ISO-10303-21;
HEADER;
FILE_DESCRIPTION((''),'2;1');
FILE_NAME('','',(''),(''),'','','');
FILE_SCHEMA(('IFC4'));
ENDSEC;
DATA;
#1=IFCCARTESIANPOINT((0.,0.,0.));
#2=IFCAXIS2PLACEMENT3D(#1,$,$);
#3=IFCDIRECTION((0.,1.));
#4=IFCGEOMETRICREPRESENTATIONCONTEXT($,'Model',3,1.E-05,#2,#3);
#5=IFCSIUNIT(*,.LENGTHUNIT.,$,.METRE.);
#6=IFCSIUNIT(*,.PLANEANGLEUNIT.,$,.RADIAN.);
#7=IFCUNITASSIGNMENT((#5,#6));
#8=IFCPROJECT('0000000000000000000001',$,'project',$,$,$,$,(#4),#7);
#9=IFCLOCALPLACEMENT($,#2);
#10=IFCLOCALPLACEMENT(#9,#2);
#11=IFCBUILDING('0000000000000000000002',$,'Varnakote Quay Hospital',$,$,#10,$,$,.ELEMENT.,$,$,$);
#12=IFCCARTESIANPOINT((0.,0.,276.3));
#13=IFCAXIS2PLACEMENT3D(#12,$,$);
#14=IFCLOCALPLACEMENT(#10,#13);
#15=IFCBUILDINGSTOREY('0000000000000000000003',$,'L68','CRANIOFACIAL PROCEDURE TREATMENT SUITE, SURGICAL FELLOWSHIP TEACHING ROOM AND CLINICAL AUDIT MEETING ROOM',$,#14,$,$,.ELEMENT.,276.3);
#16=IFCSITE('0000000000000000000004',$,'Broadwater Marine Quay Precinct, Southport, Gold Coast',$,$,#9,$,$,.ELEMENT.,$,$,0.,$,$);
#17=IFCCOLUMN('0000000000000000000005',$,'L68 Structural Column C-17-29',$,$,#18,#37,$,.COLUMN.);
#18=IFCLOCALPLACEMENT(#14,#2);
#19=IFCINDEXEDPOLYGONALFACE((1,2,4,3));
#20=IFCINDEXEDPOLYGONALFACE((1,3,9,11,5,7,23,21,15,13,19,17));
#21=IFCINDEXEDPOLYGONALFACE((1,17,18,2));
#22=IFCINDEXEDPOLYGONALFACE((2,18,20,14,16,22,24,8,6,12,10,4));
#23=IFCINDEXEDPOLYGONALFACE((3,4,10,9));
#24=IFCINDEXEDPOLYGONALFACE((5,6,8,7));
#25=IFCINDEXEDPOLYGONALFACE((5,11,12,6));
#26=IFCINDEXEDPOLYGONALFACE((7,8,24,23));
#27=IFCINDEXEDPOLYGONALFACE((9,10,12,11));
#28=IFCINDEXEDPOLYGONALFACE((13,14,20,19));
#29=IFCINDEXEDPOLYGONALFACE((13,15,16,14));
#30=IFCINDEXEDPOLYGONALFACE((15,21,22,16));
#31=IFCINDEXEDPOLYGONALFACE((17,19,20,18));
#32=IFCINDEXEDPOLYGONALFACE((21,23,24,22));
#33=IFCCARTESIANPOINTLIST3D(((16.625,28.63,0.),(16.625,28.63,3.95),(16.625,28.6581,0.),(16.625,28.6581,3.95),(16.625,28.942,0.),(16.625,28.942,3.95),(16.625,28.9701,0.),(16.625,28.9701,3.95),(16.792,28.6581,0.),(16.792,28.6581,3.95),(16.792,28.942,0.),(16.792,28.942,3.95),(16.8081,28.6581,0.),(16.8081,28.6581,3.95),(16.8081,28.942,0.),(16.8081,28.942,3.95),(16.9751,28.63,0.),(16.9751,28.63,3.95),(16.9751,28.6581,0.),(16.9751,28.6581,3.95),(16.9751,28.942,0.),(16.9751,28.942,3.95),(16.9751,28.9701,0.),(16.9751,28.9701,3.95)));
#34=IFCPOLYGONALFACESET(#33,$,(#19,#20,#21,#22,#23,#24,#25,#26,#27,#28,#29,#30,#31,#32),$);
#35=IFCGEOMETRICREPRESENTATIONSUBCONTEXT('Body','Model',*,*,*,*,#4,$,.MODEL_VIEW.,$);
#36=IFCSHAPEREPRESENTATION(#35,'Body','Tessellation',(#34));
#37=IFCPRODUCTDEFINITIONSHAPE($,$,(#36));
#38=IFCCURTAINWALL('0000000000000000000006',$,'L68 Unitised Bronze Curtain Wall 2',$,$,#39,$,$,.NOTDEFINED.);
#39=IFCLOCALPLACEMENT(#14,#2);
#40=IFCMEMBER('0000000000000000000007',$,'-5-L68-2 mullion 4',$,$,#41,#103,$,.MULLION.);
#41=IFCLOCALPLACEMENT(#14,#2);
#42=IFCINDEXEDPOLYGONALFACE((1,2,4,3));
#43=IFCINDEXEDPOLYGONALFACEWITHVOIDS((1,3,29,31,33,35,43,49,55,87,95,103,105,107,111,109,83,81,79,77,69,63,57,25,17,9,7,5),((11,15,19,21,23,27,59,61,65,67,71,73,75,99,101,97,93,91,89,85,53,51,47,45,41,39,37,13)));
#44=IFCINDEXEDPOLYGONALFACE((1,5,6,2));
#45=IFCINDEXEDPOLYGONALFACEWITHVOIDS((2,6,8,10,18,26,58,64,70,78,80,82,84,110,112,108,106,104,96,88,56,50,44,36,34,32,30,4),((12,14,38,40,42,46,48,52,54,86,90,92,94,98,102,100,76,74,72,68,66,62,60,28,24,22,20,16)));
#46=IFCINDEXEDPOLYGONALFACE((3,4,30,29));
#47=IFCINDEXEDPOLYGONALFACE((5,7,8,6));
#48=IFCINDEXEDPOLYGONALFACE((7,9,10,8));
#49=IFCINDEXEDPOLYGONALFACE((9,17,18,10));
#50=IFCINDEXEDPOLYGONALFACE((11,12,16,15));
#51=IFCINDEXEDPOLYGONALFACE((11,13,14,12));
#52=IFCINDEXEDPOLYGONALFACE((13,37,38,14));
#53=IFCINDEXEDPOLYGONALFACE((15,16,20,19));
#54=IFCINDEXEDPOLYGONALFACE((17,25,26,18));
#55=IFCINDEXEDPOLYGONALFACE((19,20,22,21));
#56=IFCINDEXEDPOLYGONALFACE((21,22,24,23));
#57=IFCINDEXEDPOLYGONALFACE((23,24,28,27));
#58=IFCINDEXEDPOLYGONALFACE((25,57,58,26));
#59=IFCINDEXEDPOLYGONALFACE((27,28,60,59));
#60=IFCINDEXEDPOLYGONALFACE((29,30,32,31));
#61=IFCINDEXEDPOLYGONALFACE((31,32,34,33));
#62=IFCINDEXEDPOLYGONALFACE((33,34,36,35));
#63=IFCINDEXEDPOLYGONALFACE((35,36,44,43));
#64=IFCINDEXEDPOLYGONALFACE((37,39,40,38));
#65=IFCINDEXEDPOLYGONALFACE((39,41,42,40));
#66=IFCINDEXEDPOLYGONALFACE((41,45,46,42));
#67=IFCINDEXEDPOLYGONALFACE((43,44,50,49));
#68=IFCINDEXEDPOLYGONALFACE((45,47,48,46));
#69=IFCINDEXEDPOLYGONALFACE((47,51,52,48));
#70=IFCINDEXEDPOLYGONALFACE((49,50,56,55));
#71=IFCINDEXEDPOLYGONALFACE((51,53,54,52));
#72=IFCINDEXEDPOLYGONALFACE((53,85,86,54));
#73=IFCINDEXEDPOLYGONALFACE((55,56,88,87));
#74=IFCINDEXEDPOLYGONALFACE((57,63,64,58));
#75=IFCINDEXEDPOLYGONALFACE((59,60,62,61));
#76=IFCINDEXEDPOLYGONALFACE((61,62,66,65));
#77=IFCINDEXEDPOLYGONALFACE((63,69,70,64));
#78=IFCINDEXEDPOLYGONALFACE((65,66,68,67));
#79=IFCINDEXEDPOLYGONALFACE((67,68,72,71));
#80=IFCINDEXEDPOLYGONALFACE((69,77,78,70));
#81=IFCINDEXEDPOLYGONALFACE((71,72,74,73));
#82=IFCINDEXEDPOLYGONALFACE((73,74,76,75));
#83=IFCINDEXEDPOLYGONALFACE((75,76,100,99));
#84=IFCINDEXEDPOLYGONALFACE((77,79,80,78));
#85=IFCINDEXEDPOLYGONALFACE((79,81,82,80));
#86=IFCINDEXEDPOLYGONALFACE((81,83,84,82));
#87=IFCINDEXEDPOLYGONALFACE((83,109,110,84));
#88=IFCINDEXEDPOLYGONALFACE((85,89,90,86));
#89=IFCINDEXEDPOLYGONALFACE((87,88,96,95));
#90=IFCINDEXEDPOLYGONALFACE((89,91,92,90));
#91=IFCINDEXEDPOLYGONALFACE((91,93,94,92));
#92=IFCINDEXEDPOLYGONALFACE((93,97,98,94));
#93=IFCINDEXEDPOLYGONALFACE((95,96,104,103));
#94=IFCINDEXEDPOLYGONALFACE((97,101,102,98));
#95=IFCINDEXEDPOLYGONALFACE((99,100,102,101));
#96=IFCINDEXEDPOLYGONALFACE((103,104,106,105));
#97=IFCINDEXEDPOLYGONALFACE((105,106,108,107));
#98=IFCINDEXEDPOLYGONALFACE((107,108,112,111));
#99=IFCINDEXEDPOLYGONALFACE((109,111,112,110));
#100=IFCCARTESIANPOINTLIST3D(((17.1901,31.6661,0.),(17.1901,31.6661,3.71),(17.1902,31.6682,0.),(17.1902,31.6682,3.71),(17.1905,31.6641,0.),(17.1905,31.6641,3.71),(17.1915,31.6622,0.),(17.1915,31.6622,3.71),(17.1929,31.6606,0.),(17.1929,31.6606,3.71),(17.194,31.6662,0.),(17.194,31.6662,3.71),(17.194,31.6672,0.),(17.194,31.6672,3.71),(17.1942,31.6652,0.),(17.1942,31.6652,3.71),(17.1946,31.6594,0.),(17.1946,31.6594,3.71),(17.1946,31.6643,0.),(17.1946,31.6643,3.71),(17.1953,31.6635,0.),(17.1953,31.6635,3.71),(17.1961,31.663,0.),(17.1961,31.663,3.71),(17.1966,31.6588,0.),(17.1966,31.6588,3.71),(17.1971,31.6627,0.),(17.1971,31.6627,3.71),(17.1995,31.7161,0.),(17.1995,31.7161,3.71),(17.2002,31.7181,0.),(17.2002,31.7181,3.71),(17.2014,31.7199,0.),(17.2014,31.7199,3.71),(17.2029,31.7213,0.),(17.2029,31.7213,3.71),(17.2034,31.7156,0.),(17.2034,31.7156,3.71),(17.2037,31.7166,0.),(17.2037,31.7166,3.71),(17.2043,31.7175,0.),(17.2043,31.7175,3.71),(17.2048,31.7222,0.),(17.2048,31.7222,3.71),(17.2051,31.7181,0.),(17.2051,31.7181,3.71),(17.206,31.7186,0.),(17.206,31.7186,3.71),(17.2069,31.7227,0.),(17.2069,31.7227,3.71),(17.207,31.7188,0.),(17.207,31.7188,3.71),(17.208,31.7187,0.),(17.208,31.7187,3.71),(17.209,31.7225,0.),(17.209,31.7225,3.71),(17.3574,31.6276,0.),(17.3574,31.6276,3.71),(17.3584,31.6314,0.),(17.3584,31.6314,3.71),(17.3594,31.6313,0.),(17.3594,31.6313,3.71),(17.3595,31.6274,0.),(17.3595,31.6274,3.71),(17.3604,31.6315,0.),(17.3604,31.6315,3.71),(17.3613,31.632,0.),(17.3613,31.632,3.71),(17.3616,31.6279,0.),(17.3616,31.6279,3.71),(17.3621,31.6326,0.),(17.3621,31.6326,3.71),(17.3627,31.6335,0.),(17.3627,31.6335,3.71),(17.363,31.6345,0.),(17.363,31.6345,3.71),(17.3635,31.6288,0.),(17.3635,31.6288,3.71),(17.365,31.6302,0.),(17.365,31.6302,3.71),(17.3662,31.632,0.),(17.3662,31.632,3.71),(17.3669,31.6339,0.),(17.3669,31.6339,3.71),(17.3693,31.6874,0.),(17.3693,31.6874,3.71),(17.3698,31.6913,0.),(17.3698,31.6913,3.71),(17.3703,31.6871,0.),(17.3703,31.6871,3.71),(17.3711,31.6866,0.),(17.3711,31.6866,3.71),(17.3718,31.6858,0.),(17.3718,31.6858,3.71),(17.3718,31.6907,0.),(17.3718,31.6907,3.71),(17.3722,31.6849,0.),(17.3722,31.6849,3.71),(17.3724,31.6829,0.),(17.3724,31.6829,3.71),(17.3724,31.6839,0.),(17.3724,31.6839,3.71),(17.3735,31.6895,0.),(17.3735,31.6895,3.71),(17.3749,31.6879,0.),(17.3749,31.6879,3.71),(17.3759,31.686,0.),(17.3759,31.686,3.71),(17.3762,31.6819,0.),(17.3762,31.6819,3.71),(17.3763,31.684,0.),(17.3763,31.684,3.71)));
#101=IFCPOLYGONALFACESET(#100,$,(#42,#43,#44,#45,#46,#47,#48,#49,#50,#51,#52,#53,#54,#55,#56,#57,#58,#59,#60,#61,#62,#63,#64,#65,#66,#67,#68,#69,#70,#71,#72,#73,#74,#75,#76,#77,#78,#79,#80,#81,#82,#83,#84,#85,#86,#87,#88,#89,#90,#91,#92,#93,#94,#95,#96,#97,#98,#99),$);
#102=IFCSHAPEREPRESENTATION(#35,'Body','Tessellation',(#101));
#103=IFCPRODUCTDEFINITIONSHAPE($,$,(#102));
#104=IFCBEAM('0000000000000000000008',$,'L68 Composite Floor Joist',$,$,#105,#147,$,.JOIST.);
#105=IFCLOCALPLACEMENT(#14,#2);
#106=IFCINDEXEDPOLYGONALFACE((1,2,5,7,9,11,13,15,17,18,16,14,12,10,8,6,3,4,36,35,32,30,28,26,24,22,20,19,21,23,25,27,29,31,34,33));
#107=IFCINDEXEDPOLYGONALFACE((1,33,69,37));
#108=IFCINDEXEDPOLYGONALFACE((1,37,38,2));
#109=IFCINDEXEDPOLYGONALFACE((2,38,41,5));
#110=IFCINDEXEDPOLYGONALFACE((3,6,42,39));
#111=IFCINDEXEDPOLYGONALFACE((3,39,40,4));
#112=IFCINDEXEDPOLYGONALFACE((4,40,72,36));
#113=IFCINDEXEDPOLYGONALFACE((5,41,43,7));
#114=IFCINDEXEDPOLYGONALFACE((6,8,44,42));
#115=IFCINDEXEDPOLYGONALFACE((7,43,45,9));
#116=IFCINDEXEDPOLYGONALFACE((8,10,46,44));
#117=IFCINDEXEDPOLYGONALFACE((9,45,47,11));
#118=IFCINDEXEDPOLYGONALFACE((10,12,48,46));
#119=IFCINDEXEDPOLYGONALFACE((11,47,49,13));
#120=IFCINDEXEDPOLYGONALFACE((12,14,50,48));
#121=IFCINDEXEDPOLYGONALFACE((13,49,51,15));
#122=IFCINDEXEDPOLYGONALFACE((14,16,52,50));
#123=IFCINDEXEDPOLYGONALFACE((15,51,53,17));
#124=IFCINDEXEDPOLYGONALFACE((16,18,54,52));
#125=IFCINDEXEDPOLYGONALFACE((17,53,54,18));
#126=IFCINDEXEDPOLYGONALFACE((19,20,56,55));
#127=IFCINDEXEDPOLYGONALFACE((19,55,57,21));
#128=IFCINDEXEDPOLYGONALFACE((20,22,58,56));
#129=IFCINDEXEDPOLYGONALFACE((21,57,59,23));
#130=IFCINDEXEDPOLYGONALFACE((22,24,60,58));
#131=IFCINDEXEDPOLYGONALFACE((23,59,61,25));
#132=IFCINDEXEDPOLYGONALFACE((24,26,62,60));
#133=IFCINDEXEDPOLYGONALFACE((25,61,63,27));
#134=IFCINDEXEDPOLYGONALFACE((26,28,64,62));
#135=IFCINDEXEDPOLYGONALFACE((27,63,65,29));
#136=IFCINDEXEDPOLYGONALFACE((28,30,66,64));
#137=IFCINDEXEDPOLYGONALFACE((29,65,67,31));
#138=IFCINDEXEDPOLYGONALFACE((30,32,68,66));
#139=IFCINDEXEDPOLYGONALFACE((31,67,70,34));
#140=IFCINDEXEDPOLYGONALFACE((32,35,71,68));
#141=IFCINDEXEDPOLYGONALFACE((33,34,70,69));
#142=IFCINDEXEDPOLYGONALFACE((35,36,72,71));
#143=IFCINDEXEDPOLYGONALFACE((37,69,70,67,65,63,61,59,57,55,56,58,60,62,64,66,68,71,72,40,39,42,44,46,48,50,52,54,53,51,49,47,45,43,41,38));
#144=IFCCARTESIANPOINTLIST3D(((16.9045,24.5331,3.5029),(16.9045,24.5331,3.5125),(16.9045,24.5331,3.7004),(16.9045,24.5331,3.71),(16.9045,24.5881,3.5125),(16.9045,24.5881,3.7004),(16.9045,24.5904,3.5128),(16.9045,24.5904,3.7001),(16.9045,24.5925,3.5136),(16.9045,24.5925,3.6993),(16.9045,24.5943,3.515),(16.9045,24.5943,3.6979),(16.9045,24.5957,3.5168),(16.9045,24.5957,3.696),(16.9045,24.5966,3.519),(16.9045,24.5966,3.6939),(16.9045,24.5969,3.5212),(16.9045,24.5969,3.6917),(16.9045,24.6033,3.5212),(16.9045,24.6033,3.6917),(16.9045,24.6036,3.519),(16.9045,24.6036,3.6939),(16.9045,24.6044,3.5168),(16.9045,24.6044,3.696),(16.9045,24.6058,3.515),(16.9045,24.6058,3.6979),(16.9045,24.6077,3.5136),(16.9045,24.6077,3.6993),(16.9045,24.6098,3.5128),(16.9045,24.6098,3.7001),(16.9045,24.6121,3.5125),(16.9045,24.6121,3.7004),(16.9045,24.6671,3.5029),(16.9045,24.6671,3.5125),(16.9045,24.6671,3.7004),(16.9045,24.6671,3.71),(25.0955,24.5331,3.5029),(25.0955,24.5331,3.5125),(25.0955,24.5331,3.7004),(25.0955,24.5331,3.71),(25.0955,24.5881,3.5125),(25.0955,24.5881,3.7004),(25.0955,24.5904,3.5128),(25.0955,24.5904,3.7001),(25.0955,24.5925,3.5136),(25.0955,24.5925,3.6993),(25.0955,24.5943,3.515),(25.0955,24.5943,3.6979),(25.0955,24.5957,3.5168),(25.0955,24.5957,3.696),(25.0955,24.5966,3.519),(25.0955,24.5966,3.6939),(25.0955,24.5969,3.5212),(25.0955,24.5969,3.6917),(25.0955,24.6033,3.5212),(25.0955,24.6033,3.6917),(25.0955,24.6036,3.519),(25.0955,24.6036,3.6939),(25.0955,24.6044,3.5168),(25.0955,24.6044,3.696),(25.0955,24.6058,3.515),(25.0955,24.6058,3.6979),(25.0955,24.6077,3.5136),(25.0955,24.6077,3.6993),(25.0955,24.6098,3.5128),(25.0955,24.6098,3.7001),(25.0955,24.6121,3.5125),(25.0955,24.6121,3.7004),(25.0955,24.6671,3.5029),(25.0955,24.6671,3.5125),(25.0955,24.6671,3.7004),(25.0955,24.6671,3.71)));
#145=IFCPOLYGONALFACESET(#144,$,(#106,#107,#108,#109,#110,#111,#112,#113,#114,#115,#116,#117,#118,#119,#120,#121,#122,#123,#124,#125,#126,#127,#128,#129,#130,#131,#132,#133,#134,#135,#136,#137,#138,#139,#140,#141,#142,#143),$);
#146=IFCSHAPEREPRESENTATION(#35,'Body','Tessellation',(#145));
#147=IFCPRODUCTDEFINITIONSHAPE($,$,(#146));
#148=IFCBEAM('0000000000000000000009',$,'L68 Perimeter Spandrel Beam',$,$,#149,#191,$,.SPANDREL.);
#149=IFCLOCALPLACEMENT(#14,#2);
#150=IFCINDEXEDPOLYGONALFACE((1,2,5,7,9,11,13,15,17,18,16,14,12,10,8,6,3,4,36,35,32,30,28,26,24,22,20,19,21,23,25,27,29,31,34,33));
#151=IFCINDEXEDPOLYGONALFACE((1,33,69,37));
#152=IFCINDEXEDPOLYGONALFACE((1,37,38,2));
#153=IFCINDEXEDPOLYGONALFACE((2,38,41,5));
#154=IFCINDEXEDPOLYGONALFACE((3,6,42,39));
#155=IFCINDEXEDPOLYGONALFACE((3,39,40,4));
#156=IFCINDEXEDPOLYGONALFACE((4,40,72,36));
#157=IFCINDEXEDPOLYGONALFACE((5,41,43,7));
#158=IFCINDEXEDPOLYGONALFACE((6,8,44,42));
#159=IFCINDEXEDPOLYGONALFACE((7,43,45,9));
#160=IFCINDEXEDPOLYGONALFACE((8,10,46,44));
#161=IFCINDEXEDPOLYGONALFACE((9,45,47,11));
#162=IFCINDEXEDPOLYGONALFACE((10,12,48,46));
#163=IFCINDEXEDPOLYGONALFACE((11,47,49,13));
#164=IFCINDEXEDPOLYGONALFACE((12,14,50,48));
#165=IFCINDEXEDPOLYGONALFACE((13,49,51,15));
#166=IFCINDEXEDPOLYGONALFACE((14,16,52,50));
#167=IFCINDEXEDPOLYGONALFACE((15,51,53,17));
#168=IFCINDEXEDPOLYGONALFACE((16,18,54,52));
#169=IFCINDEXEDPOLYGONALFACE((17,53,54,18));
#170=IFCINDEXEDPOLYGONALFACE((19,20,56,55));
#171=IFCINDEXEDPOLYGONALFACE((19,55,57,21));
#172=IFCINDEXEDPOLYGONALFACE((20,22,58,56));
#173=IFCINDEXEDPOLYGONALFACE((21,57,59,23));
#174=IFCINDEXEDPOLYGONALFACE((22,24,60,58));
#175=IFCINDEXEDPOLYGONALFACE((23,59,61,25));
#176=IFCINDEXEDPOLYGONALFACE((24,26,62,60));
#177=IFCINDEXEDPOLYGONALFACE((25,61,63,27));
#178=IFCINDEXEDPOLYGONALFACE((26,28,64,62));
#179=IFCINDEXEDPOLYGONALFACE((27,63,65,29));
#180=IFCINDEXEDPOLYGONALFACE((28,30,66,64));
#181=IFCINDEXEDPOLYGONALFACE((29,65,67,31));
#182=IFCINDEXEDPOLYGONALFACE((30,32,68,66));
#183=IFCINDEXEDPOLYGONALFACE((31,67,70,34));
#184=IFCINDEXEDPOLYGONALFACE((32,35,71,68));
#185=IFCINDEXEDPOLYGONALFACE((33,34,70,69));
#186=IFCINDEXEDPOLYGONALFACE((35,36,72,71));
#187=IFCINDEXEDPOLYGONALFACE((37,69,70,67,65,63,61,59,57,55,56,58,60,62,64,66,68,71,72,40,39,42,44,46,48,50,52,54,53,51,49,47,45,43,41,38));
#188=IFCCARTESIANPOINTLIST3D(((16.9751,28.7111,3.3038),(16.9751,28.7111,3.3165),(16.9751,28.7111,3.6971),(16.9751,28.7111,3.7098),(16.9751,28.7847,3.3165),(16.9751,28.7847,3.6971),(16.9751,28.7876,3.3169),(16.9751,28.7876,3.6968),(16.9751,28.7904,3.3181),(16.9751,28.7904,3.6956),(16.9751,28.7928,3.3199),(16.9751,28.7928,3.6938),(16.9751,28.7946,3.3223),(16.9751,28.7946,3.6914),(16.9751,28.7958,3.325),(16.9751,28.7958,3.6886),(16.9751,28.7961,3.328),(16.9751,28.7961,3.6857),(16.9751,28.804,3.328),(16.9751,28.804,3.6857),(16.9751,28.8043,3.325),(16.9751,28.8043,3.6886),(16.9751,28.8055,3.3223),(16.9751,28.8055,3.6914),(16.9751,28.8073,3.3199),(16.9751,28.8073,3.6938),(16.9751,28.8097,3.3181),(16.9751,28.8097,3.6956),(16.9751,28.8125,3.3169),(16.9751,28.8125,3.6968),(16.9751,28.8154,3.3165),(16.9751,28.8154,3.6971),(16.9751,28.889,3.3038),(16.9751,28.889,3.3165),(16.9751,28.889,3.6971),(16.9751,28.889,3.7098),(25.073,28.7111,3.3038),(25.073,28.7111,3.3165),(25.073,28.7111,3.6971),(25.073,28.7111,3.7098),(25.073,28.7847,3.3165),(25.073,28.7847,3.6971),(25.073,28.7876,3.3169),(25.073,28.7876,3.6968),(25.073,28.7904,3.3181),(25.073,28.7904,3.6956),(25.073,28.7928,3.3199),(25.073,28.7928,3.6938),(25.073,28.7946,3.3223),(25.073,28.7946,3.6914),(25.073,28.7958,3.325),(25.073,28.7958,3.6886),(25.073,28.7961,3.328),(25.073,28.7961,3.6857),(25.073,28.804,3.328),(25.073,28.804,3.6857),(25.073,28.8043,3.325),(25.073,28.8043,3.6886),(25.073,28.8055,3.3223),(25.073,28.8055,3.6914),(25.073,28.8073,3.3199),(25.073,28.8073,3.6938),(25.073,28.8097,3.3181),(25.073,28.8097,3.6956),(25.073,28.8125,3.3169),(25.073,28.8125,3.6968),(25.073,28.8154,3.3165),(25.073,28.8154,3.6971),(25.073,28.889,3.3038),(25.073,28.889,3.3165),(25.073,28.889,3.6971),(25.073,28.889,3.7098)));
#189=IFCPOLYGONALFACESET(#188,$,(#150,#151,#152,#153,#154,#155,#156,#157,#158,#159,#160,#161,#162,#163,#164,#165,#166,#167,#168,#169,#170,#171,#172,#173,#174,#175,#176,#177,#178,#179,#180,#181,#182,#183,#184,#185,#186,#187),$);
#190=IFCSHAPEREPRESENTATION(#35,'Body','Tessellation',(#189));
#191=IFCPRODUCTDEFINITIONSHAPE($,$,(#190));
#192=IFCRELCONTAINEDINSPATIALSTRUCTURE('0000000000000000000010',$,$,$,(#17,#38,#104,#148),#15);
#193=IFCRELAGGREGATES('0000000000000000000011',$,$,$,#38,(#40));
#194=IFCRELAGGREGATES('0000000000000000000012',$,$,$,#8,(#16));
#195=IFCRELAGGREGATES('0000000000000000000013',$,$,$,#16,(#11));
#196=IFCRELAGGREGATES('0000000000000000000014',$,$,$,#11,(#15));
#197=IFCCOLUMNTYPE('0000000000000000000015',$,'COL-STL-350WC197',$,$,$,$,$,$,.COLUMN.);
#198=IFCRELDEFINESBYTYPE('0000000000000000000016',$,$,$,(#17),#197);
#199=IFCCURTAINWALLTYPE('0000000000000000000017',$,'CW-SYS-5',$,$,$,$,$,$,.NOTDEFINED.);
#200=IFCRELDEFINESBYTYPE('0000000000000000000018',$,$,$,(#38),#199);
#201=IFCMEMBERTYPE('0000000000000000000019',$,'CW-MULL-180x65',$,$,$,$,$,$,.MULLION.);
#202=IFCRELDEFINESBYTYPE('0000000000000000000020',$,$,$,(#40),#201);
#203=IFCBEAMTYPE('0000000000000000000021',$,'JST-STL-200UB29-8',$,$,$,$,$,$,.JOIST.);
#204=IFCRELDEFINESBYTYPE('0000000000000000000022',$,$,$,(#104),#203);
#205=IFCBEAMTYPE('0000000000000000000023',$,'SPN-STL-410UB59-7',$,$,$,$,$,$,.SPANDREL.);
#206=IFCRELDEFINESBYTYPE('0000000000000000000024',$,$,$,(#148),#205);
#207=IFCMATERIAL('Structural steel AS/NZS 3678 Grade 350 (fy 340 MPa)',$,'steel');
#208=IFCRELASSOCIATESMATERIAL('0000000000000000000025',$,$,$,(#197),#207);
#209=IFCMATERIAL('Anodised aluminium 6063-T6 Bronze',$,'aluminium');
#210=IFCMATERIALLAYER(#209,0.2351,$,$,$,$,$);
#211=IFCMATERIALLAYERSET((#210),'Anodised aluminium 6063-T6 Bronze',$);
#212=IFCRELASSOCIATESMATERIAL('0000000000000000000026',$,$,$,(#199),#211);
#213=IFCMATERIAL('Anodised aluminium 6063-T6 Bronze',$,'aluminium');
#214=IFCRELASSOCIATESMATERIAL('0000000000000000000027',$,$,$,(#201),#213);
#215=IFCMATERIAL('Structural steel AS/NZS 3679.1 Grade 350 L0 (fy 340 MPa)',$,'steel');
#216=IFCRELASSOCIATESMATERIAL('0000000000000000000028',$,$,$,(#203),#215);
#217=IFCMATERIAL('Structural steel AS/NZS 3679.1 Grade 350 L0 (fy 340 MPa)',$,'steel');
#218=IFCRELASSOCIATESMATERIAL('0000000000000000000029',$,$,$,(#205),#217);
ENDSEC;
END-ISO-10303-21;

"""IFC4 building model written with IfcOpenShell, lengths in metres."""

from ifc_helpers import new_model, si_unit, direction, frame, origin, origin_2d, place, context, subcontext, project, spatial, hollow_rectangle, i_section, extrude, material, layer, layer_set, material_profile, profile_set, type_object, element, aggregate, save


model = new_model("IFC4")

# Units and contexts
model_context = context("Model", 3, precision=1e-05, world=origin(), true_north=direction((0.0, 1.0)))
body_context = subcontext(model_context, "Body", "Model", "MODEL_VIEW")
ifc_project = project(units=[si_unit("LENGTHUNIT", "METRE"), si_unit("PLANEANGLEUNIT", "RADIAN")], contexts=[model_context])

# Site, building, storey
site_placement = place(None, origin())
site = spatial("IfcSite", under=ifc_project, at=site_placement, Name="Broadwater Marine Quay Precinct, Southport, Gold Coast", CompositionType="ELEMENT", RefElevation=0.0)
building_placement = place(site_placement, origin())
building = spatial("IfcBuilding", under=site, at=building_placement, Name="Varnakote Quay Hospital", CompositionType="ELEMENT")
storey_placement = place(building_placement, frame((0.0, 0.0, 276.3)))
storey = spatial("IfcBuildingStorey", under=building, at=storey_placement, Name="L68", Description="CRANIOFACIAL PROCEDURE TREATMENT SUITE, SURGICAL FELLOWSHIP TEACHING ROOM AND CLINICAL AUDIT MEETING ROOM", CompositionType="ELEMENT", Elevation=276.3)

# Column
ifc_material_1 = material(Name="Structural steel AS/NZS 3678 Grade 350 (fy 340 MPa)", Category="steel")
ifc_material_profile_1 = material_profile(ifc_material_1, i_section(OverallWidth=0.3501, OverallDepth=0.3401, WebThickness=0.0161, FlangeThickness=0.0281, at=origin_2d()), Name="350WC197")
ifc_profile_set_1 = profile_set([ifc_material_profile_1], Name="Structural steel AS/NZS 3678 Grade 350 (fy 340 MPa)")
column_type = type_object("IfcColumnType", Name="COL-STL-350WC197", PredefinedType="COLUMN", material=ifc_profile_set_1)
column_placement = place(storey_placement, frame((16.8, 28.8, 0.0), z_axis=(0.0, 0.0, 1.0), x_axis=(1.0, 0.0, 0.0)))
element("IfcColumn", 1, at=column_placement, inside=storey, type_object=column_type, Name="L68 Structural Column C-17-29", PredefinedType="COLUMN", context=body_context, shape_type="SweptSolid", body=[
    extrude(i_section(OverallWidth=0.3501, OverallDepth=0.3401, WebThickness=0.0161, FlangeThickness=0.0281, at=origin_2d()), origin(), (0.0, 0.0, 1.0), 3.95),
])

# Curtain wall, member
ifc_material_2 = material(Name="Anodised aluminium 6063-T6 Bronze", Category="aluminium")
ifc_layer_1 = layer(ifc_material_2, 0.2351)
ifc_layer_set_1 = layer_set([ifc_layer_1], Name="Anodised aluminium 6063-T6 Bronze")
curtain_wall_type = type_object("IfcCurtainWallType", Name="CW-SYS-5", PredefinedType="NOTDEFINED", material=ifc_layer_set_1)
curtain_wall_placement = place(storey_placement, origin())
curtain_wall = element("IfcCurtainWall", 2, at=curtain_wall_placement, inside=storey, type_object=curtain_wall_type, Name="L68 Unitised Bronze Curtain Wall 2", PredefinedType="NOTDEFINED")
ifc_material_3 = material(Name="Anodised aluminium 6063-T6 Bronze", Category="aluminium")
ifc_material_profile_2 = material_profile(ifc_material_3, hollow_rectangle(XDim=0.0649, YDim=0.1799, WallThickness=0.0039, InnerFilletRadius=0.0039, OuterFilletRadius=0.0081, at=origin_2d()), Name="CW-MULL-180x65")
ifc_profile_set_2 = profile_set([ifc_material_profile_2], Name="Anodised aluminium 6063-T6 Bronze")
member_type = type_object("IfcMemberType", Name="CW-MULL-180x65", PredefinedType="MULLION", material=ifc_profile_set_2)
member_placement = place(storey_placement, frame((17.2832, 31.675, 0.0), z_axis=(0.0, 0.0, 1.0), x_axis=(-0.190434, -0.9817, 0.0)))
member = element("IfcMember", 3, at=member_placement, type_object=member_type, Name="-5-L68-2 mullion 4", PredefinedType="MULLION", context=body_context, shape_type="SweptSolid", body=[
    extrude(hollow_rectangle(XDim=0.0649, YDim=0.1799, WallThickness=0.0039, InnerFilletRadius=0.0039, OuterFilletRadius=0.0081, at=origin_2d()), origin(), (0.0, 0.0, 1.0), 3.71),
])

# Beams
ifc_material_4 = material(Name="Structural steel AS/NZS 3679.1 Grade 350 L0 (fy 340 MPa)", Category="steel")
ifc_material_profile_3 = material_profile(ifc_material_4, i_section(OverallWidth=0.134, OverallDepth=0.207, WebThickness=0.0063, FlangeThickness=0.0095, FilletRadius=0.0088, at=origin_2d()), Name="200UB29.8")
ifc_profile_set_3 = profile_set([ifc_material_profile_3], Name="Structural steel AS/NZS 3679.1 Grade 350 L0 (fy 340 MPa)")
beam_type_1 = type_object("IfcBeamType", Name="JST-STL-200UB29-8", PredefinedType="JOIST", material=ifc_profile_set_3)
beam_1_placement = place(storey_placement, frame((16.9045, 24.6001, 3.6064), z_axis=(1.0, 0.0, 0.0), x_axis=(0.0, 1.0, 0.0)))
element("IfcBeam", 4, at=beam_1_placement, inside=storey, type_object=beam_type_1, Name="L68 Composite Floor Joist", PredefinedType="JOIST", context=body_context, shape_type="SweptSolid", body=[
    extrude(i_section(OverallWidth=0.134, OverallDepth=0.207, WebThickness=0.0063, FlangeThickness=0.0095, FilletRadius=0.0088, at=origin_2d()), origin(), (0.0, 0.0, 1.0), 8.1909),
])
ifc_material_5 = material(Name="Structural steel AS/NZS 3679.1 Grade 350 L0 (fy 340 MPa)", Category="steel")
ifc_material_profile_4 = material_profile(ifc_material_5, i_section(OverallWidth=0.178, OverallDepth=0.406, WebThickness=0.0078, FlangeThickness=0.0127, FilletRadius=0.0115, at=origin_2d()), Name="410UB59.7")
ifc_profile_set_4 = profile_set([ifc_material_profile_4], Name="Structural steel AS/NZS 3679.1 Grade 350 L0 (fy 340 MPa)")
beam_type_2 = type_object("IfcBeamType", Name="SPN-STL-410UB59-7", PredefinedType="SPANDREL", material=ifc_profile_set_4)
beam_2_placement = place(storey_placement, frame((16.9751, 28.8, 3.5068), z_axis=(1.0, 0.0, 0.0), x_axis=(0.0, 1.0, 0.0)))
element("IfcBeam", 5, at=beam_2_placement, inside=storey, type_object=beam_type_2, Name="L68 Perimeter Spandrel Beam", PredefinedType="SPANDREL", context=body_context, shape_type="SweptSolid", body=[
    extrude(i_section(OverallWidth=0.178, OverallDepth=0.406, WebThickness=0.0078, FlangeThickness=0.0127, FilletRadius=0.0115, at=origin_2d()), origin(), (0.0, 0.0, 1.0), 8.0979),
])

aggregate(curtain_wall, [member])

save(model, "model.ifc")
